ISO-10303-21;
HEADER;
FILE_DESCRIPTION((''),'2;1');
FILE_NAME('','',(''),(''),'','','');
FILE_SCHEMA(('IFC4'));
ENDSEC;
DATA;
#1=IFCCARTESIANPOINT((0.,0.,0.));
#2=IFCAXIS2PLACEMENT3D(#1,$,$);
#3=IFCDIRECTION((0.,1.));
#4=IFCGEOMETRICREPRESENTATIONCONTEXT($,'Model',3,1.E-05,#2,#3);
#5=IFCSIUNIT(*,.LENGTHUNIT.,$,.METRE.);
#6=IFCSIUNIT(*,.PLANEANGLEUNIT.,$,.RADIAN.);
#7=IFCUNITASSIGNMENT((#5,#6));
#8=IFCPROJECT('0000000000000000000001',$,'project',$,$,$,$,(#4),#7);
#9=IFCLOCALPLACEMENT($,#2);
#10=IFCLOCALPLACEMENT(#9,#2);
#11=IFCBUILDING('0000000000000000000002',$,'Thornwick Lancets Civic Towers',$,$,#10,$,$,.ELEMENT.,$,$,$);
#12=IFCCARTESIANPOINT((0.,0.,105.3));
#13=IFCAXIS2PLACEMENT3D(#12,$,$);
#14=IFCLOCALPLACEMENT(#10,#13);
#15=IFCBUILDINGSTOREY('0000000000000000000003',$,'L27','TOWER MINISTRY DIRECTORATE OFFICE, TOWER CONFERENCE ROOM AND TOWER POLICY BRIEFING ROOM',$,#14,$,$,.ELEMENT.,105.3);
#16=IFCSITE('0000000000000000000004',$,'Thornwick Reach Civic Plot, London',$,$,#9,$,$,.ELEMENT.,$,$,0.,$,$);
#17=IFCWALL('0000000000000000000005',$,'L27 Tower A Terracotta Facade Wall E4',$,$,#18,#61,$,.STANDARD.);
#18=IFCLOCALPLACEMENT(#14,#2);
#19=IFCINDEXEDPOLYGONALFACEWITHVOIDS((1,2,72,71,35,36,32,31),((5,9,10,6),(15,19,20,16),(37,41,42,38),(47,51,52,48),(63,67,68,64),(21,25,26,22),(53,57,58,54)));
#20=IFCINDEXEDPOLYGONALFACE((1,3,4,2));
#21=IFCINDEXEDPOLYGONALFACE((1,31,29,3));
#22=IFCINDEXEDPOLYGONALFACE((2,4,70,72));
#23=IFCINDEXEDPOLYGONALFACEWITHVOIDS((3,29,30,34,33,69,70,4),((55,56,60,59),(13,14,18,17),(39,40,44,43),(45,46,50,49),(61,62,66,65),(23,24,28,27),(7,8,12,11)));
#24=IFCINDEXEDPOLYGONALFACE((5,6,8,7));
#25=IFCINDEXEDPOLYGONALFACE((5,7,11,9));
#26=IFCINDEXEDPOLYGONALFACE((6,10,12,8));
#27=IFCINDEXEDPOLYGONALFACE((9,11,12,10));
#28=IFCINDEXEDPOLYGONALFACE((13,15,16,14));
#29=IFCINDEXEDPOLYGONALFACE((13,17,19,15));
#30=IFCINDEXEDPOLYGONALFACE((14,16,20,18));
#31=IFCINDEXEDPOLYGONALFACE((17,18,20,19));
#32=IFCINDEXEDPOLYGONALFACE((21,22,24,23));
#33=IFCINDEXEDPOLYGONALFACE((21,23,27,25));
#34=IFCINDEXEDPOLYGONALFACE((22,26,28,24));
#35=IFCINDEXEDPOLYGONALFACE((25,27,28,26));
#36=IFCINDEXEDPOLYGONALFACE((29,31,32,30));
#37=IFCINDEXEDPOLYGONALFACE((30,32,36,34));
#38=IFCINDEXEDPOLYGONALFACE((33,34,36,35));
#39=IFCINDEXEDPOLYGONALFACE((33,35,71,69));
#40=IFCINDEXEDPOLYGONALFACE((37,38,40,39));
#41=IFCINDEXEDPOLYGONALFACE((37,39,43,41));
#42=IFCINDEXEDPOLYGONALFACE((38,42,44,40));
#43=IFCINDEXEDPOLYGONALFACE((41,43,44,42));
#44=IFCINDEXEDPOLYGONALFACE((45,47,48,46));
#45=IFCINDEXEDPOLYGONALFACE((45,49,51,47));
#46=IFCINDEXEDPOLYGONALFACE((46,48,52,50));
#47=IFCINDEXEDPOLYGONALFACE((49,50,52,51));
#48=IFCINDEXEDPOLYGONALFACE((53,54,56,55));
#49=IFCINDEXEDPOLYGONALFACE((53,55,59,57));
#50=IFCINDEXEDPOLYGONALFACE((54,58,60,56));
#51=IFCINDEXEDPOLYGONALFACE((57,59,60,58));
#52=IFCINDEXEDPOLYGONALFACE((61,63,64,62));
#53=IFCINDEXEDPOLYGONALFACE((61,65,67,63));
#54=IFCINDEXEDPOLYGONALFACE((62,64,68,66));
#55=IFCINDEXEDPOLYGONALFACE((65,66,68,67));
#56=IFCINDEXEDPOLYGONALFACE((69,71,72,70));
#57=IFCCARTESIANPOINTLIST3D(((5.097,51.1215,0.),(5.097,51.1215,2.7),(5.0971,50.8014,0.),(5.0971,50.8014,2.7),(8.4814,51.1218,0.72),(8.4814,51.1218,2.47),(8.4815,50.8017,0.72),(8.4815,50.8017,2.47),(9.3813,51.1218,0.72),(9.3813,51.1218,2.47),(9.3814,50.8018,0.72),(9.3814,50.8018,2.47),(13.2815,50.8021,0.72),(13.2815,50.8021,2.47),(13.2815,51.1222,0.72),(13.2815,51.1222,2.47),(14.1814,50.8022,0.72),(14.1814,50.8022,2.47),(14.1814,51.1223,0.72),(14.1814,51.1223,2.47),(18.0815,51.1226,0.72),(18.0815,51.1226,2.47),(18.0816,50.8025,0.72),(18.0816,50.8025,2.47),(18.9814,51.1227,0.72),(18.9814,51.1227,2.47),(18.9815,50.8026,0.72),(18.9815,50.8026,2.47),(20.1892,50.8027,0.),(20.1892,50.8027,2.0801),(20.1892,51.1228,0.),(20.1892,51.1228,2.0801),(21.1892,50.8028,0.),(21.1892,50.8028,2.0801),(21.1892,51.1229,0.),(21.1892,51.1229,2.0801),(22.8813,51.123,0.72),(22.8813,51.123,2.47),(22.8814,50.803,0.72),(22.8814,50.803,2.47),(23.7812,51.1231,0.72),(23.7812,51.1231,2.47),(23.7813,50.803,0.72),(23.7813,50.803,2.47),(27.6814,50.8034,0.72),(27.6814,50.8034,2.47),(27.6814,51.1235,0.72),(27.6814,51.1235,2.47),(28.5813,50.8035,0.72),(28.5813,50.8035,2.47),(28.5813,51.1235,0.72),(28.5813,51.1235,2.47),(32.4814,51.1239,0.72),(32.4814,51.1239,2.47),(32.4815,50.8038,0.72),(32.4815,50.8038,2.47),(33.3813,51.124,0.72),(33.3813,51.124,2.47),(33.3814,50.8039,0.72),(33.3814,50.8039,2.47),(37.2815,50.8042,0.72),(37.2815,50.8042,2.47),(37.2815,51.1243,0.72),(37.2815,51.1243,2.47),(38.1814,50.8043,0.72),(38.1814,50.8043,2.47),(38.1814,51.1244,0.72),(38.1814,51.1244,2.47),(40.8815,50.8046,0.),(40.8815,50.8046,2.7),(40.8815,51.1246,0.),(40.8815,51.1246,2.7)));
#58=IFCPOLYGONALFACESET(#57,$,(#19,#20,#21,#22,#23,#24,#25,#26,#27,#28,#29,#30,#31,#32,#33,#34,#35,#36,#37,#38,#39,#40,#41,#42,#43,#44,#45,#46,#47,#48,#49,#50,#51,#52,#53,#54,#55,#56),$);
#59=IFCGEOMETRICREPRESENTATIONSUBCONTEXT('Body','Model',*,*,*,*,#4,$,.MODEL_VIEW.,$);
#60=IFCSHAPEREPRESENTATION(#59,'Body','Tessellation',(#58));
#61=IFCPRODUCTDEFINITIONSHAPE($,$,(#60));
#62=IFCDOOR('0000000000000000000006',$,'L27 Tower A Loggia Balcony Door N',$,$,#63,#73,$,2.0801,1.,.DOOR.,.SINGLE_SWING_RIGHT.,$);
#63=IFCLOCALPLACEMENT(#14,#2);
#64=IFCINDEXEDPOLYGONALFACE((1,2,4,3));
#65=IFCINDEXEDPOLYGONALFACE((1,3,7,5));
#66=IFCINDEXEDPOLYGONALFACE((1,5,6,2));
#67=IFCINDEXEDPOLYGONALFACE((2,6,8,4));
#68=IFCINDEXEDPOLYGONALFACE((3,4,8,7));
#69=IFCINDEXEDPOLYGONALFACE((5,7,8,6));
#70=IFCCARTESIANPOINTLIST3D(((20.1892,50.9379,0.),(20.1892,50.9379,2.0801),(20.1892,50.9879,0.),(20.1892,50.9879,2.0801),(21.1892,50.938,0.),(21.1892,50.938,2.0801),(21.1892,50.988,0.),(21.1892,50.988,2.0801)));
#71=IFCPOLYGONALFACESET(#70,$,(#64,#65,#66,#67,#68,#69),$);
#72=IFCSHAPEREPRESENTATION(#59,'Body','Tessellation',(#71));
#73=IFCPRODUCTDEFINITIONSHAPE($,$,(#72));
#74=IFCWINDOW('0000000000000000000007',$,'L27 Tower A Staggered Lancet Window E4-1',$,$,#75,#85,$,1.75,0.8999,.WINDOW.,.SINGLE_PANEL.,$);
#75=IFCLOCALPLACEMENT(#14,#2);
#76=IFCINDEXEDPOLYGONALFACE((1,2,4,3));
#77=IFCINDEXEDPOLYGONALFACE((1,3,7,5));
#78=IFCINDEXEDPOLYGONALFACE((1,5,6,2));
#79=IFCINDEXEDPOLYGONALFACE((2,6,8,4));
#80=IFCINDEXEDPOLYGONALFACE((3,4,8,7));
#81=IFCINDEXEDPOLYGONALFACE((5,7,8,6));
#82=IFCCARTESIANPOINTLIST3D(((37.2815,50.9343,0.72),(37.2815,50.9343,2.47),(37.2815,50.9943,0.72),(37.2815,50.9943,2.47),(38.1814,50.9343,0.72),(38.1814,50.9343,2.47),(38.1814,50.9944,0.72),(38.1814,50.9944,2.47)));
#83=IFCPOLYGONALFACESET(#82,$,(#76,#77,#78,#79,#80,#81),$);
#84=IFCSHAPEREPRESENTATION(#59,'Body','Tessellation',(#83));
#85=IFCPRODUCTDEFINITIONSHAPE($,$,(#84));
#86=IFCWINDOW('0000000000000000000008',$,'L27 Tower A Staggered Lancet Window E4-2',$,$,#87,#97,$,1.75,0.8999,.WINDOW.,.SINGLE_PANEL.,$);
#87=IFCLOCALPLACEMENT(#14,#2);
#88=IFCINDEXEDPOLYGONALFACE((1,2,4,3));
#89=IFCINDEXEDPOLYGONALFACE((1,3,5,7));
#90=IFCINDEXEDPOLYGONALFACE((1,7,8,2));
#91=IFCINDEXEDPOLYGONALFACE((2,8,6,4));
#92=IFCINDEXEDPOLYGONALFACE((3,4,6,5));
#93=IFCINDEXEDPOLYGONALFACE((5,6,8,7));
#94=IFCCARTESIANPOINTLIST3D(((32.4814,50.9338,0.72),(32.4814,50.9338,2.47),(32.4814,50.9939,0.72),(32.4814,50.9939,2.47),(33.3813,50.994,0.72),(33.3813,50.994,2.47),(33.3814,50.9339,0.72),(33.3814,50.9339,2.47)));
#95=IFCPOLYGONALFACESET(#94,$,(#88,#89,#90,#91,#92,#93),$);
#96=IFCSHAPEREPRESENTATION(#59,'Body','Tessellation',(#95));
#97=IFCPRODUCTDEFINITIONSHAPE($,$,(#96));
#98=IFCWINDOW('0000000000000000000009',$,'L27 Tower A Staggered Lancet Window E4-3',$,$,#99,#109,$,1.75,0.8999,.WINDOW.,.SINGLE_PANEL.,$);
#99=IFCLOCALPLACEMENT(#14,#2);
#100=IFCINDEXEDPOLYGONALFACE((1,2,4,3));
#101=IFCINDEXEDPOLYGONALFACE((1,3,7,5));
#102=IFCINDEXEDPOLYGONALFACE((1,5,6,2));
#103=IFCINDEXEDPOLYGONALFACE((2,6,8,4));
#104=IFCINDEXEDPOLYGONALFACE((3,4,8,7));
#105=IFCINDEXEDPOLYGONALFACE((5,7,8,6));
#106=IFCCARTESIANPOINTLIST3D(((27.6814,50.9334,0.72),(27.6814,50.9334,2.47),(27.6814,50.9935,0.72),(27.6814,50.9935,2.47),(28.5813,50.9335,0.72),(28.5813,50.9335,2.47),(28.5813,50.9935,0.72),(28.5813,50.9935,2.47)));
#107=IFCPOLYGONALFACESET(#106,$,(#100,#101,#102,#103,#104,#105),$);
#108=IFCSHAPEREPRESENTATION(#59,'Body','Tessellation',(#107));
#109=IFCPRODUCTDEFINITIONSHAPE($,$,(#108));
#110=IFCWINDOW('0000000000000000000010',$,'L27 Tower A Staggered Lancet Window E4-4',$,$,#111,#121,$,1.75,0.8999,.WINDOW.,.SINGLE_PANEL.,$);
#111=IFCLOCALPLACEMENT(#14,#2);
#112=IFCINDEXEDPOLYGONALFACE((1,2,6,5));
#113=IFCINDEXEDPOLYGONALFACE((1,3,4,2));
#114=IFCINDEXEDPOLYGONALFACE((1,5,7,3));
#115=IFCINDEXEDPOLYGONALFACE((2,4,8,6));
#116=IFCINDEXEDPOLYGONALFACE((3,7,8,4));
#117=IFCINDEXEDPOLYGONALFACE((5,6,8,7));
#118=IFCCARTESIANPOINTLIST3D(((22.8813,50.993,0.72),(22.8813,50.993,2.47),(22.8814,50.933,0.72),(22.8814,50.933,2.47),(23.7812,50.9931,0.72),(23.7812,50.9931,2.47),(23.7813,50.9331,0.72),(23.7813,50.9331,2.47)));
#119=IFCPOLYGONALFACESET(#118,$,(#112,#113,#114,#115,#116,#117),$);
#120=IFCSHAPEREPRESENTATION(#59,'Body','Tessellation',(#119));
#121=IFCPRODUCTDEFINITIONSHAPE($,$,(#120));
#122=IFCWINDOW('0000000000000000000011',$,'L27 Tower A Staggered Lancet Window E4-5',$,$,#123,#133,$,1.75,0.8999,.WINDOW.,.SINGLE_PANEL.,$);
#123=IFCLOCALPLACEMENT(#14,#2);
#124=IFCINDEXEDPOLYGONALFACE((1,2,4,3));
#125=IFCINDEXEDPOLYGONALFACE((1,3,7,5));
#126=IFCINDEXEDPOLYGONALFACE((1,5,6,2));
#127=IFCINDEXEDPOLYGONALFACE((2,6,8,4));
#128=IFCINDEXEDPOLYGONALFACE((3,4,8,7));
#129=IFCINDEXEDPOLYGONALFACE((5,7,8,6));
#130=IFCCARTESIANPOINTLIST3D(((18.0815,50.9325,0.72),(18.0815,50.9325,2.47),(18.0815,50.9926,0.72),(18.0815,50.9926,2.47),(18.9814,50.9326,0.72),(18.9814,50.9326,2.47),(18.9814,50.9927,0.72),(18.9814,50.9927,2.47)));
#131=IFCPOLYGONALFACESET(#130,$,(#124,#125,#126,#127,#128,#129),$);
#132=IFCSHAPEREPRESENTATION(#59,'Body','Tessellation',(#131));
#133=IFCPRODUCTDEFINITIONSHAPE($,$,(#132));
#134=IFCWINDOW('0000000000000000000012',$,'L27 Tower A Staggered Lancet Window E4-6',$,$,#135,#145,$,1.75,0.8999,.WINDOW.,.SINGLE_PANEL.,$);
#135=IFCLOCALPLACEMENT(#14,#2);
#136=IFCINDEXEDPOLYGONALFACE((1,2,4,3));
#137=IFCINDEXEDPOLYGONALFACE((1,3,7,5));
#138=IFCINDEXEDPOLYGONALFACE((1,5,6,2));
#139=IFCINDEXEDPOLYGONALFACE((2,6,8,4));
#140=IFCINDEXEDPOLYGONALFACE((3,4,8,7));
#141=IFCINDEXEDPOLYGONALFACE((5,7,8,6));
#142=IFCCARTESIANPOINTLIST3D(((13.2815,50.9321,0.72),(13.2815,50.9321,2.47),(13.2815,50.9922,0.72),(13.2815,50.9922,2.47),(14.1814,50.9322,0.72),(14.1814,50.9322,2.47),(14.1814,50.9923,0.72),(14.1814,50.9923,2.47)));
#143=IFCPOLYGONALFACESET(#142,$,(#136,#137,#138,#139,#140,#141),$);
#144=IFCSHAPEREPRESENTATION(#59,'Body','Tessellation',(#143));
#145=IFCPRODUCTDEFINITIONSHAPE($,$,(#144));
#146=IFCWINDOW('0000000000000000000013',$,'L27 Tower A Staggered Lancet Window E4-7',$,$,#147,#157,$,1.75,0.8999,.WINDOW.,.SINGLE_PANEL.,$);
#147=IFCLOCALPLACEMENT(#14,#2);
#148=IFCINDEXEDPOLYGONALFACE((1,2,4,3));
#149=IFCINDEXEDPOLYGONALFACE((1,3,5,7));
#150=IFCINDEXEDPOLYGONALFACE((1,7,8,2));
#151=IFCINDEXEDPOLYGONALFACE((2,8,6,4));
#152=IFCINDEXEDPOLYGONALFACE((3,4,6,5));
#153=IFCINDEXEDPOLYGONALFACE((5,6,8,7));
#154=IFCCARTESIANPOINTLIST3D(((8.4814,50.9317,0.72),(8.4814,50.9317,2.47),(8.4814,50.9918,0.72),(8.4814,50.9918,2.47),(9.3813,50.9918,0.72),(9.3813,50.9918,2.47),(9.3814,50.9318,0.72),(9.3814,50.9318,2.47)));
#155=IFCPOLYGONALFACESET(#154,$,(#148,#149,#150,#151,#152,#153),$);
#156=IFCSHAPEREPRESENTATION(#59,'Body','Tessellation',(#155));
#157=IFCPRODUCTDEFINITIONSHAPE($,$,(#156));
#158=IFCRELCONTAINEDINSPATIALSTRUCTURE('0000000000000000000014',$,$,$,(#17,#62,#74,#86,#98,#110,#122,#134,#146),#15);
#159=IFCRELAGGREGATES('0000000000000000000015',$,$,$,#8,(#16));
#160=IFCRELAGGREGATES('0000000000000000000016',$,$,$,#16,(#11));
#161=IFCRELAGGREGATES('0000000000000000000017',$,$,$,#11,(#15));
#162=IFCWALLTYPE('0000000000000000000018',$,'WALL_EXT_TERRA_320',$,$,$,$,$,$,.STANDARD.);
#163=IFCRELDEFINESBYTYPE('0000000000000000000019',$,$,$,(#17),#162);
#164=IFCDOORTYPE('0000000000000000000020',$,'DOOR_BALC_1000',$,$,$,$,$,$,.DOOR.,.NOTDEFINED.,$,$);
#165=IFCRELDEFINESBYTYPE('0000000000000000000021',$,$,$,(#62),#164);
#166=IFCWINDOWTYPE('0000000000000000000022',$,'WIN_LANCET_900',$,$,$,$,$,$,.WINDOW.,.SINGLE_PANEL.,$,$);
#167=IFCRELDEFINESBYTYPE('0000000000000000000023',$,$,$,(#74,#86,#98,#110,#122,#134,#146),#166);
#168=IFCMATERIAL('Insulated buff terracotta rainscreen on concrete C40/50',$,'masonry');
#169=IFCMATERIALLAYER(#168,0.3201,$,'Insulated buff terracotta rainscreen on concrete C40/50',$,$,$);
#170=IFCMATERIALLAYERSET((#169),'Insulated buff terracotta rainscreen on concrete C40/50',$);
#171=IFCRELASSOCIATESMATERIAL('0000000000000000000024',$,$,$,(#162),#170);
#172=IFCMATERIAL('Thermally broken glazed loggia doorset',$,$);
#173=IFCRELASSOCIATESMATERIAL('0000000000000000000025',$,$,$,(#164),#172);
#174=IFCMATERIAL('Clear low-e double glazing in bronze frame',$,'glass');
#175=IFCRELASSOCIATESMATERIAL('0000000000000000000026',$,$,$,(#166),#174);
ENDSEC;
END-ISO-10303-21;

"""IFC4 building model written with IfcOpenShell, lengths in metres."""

from ifc_helpers import new_model, si_unit, direction, frame, frame_2d, origin, place, context, subcontext, project, spatial, rectangle, extrude, material, layer, layer_set, type_object, element, fill, save


model = new_model("IFC4")

# Units and contexts
model_context = context("Model", 3, precision=1e-05, world=origin(), true_north=direction((0.0, 1.0)))
body_context = subcontext(model_context, "Body", "Model", "MODEL_VIEW")
ifc_project = project(units=[si_unit("LENGTHUNIT", "METRE"), si_unit("PLANEANGLEUNIT", "RADIAN")], contexts=[model_context])

# Site, building, storey
site_placement = place(None, origin())
site = spatial("IfcSite", under=ifc_project, at=site_placement, Name="Thornwick Reach Civic Plot, London", CompositionType="ELEMENT", RefElevation=0.0)
building_placement = place(site_placement, origin())
building = spatial("IfcBuilding", under=site, at=building_placement, Name="Thornwick Lancets Civic Towers", CompositionType="ELEMENT")
storey_placement = place(building_placement, frame((0.0, 0.0, 105.3)))
storey = spatial("IfcBuildingStorey", under=building, at=storey_placement, Name="L27", Description="TOWER MINISTRY DIRECTORATE OFFICE, TOWER CONFERENCE ROOM AND TOWER POLICY BRIEFING ROOM", CompositionType="ELEMENT", Elevation=105.3)

# Wall, openings, door, windows
ifc_material_1 = material(Name="Insulated buff terracotta rainscreen on concrete C40/50", Category="masonry")
ifc_layer_1 = layer(ifc_material_1, 0.3201, Name="Insulated buff terracotta rainscreen on concrete C40/50")
ifc_layer_set_1 = layer_set([ifc_layer_1], Name="Insulated buff terracotta rainscreen on concrete C40/50")
wall_type_1 = type_object("IfcWallType", Name="WALL_EXT_TERRA_320", PredefinedType="STANDARD", material=ifc_layer_set_1)
wall_1_placement = place(storey_placement, frame((40.8813, 50.9646, 0.0), z_axis=(0.0, 0.0, 1.0), x_axis=(-1.0, -0.000089, 0.0)))
wall_1 = element("IfcWall", 1, at=wall_1_placement, inside=storey, type_object=wall_type_1, Name="L27 Tower A Terracotta Facade Wall E4", PredefinedType="STANDARD", context=body_context, shape_type="SweptSolid", body=[
    extrude(rectangle(XDim=35.7844, YDim=0.3201, at=frame_2d((17.8921, 0.0))), origin(), (0.0, 0.0, 1.0), 2.7),
])
opening_1_placement = place(wall_1_placement, frame((19.6921, 0.0, 0.0)))
opening_1 = element("IfcOpeningElement", 2, at=opening_1_placement, cuts=wall_1, PredefinedType="OPENING", context=body_context, shape_type="SweptSolid", body=[
    extrude(rectangle(XDim=1.0, YDim=2.0801, at=frame_2d((0.5, 1.04))), frame((0.0, 0.1699, 0.0), z_axis=(0.0, -1.0, 0.0), x_axis=(1.0, 0.0, 0.0)), (0.0, 0.0, 1.0), 0.3401),
])
opening_2_placement = place(wall_1_placement, frame((2.7, 0.0, 0.72)))
opening_2 = element("IfcOpeningElement", 3, at=opening_2_placement, cuts=wall_1, PredefinedType="OPENING", context=body_context, shape_type="SweptSolid", body=[
    extrude(rectangle(XDim=0.8999, YDim=1.75, at=frame_2d((0.45, 0.875))), frame((0.0, 0.1699, 0.0), z_axis=(0.0, -1.0, 0.0), x_axis=(1.0, 0.0, 0.0)), (0.0, 0.0, 1.0), 0.3401),
])
opening_3_placement = place(wall_1_placement, frame((7.5, 0.0, 0.72)))
opening_3 = element("IfcOpeningElement", 4, at=opening_3_placement, cuts=wall_1, PredefinedType="OPENING", context=body_context, shape_type="SweptSolid", body=[
    extrude(rectangle(XDim=0.8999, YDim=1.75, at=frame_2d((0.45, 0.875))), frame((0.0, 0.1699, 0.0), z_axis=(0.0, -1.0, 0.0), x_axis=(1.0, 0.0, 0.0)), (0.0, 0.0, 1.0), 0.3401),
])
opening_4_placement = place(wall_1_placement, frame((12.3, 0.0, 0.72)))
opening_4 = element("IfcOpeningElement", 5, at=opening_4_placement, cuts=wall_1, PredefinedType="OPENING", context=body_context, shape_type="SweptSolid", body=[
    extrude(rectangle(XDim=0.8999, YDim=1.75, at=frame_2d((0.45, 0.875))), frame((0.0, 0.1699, 0.0), z_axis=(0.0, -1.0, 0.0), x_axis=(1.0, 0.0, 0.0)), (0.0, 0.0, 1.0), 0.3401),
])
opening_5_placement = place(wall_1_placement, frame((17.1001, 0.0, 0.72)))
opening_5 = element("IfcOpeningElement", 6, at=opening_5_placement, cuts=wall_1, PredefinedType="OPENING", context=body_context, shape_type="SweptSolid", body=[
    extrude(rectangle(XDim=0.8999, YDim=1.75, at=frame_2d((0.45, 0.875))), frame((0.0, 0.1699, 0.0), z_axis=(0.0, -1.0, 0.0), x_axis=(1.0, 0.0, 0.0)), (0.0, 0.0, 1.0), 0.3401),
])
opening_6_placement = place(wall_1_placement, frame((21.8999, 0.0, 0.72)))
opening_6 = element("IfcOpeningElement", 7, at=opening_6_placement, cuts=wall_1, PredefinedType="OPENING", context=body_context, shape_type="SweptSolid", body=[
    extrude(rectangle(XDim=0.8999, YDim=1.75, at=frame_2d((0.45, 0.875))), frame((0.0, 0.1699, 0.0), z_axis=(0.0, -1.0, 0.0), x_axis=(1.0, 0.0, 0.0)), (0.0, 0.0, 1.0), 0.3401),
])
opening_7_placement = place(wall_1_placement, frame((26.7, 0.0, 0.72)))
opening_7 = element("IfcOpeningElement", 8, at=opening_7_placement, cuts=wall_1, PredefinedType="OPENING", context=body_context, shape_type="SweptSolid", body=[
    extrude(rectangle(XDim=0.8999, YDim=1.75, at=frame_2d((0.45, 0.875))), frame((0.0, 0.1699, 0.0), z_axis=(0.0, -1.0, 0.0), x_axis=(1.0, 0.0, 0.0)), (0.0, 0.0, 1.0), 0.3401),
])
opening_8_placement = place(wall_1_placement, frame((31.5, 0.0, 0.72)))
opening_8 = element("IfcOpeningElement", 9, at=opening_8_placement, cuts=wall_1, PredefinedType="OPENING", context=body_context, shape_type="SweptSolid", body=[
    extrude(rectangle(XDim=0.8999, YDim=1.75, at=frame_2d((0.45, 0.875))), frame((0.0, 0.1699, 0.0), z_axis=(0.0, -1.0, 0.0), x_axis=(1.0, 0.0, 0.0)), (0.0, 0.0, 1.0), 0.3401),
])
ifc_material_2 = material(Name="Thermally broken glazed loggia doorset")
door_type_1 = type_object("IfcDoorType", Name="DOOR_BALC_1000", OperationType="NOTDEFINED", PredefinedType="DOOR", material=ifc_material_2)
door_1_placement = place(opening_1_placement, origin())
door_1 = element("IfcDoor", 10, at=door_1_placement, inside=storey, type_object=door_type_1, Name="L27 Tower A Loggia Balcony Door N", OperationType="SINGLE_SWING_RIGHT", OverallHeight=2.0801, OverallWidth=1.0, PredefinedType="DOOR", context=body_context, shape_type="SweptSolid", body=[
    extrude(rectangle(XDim=1.0, YDim=2.0801, at=frame_2d((0.5, 1.04))), frame((0.0, 0.0249, 0.0), z_axis=(0.0, -1.0, 0.0), x_axis=(1.0, 0.0, 0.0)), (0.0, 0.0, 1.0), 0.05),
])
fill(opening_1, door_1)
ifc_material_3 = material(Name="Clear low-e double glazing in bronze frame", Category="glass")
window_type = type_object("IfcWindowType", Name="WIN_LANCET_900", PartitioningType="SINGLE_PANEL", PredefinedType="WINDOW", material=ifc_material_3)
window_1_placement = place(opening_2_placement, origin())
window_1 = element("IfcWindow", 11, at=window_1_placement, inside=storey, type_object=window_type, Name="L27 Tower A Staggered Lancet Window E4-1", OverallHeight=1.75, OverallWidth=0.8999, PartitioningType="SINGLE_PANEL", PredefinedType="WINDOW", context=body_context, shape_type="SweptSolid", body=[
    extrude(rectangle(XDim=0.8999, YDim=1.75, at=frame_2d((0.45, 0.875))), frame((0.0, 0.03, 0.0), z_axis=(0.0, -1.0, 0.0), x_axis=(1.0, 0.0, 0.0)), (0.0, 0.0, 1.0), 0.0601),
])
fill(opening_2, window_1)
window_2_placement = place(opening_3_placement, origin())
window_2 = element("IfcWindow", 12, at=window_2_placement, inside=storey, type_object=window_type, Name="L27 Tower A Staggered Lancet Window E4-2", OverallHeight=1.75, OverallWidth=0.8999, PartitioningType="SINGLE_PANEL", PredefinedType="WINDOW", context=body_context, shape_type="SweptSolid", body=[
    extrude(rectangle(XDim=0.8999, YDim=1.75, at=frame_2d((0.45, 0.875))), frame((0.0, 0.03, 0.0), z_axis=(0.0, -1.0, 0.0), x_axis=(1.0, 0.0, 0.0)), (0.0, 0.0, 1.0), 0.0601),
])
fill(opening_3, window_2)
window_3_placement = place(opening_4_placement, origin())
window_3 = element("IfcWindow", 13, at=window_3_placement, inside=storey, type_object=window_type, Name="L27 Tower A Staggered Lancet Window E4-3", OverallHeight=1.75, OverallWidth=0.8999, PartitioningType="SINGLE_PANEL", PredefinedType="WINDOW", context=body_context, shape_type="SweptSolid", body=[
    extrude(rectangle(XDim=0.8999, YDim=1.75, at=frame_2d((0.45, 0.875))), frame((0.0, 0.03, 0.0), z_axis=(0.0, -1.0, 0.0), x_axis=(1.0, 0.0, 0.0)), (0.0, 0.0, 1.0), 0.0601),
])
fill(opening_4, window_3)
window_4_placement = place(opening_5_placement, origin())
window_4 = element("IfcWindow", 14, at=window_4_placement, inside=storey, type_object=window_type, Name="L27 Tower A Staggered Lancet Window E4-4", OverallHeight=1.75, OverallWidth=0.8999, PartitioningType="SINGLE_PANEL", PredefinedType="WINDOW", context=body_context, shape_type="SweptSolid", body=[
    extrude(rectangle(XDim=0.8999, YDim=1.75, at=frame_2d((0.45, 0.875))), frame((0.0, 0.03, 0.0), z_axis=(0.0, -1.0, 0.0), x_axis=(1.0, 0.0, 0.0)), (0.0, 0.0, 1.0), 0.0601),
])
fill(opening_5, window_4)
window_5_placement = place(opening_6_placement, origin())
window_5 = element("IfcWindow", 15, at=window_5_placement, inside=storey, type_object=window_type, Name="L27 Tower A Staggered Lancet Window E4-5", OverallHeight=1.75, OverallWidth=0.8999, PartitioningType="SINGLE_PANEL", PredefinedType="WINDOW", context=body_context, shape_type="SweptSolid", body=[
    extrude(rectangle(XDim=0.8999, YDim=1.75, at=frame_2d((0.45, 0.875))), frame((0.0, 0.03, 0.0), z_axis=(0.0, -1.0, 0.0), x_axis=(1.0, 0.0, 0.0)), (0.0, 0.0, 1.0), 0.0601),
])
fill(opening_6, window_5)
window_6_placement = place(opening_7_placement, origin())
window_6 = element("IfcWindow", 16, at=window_6_placement, inside=storey, type_object=window_type, Name="L27 Tower A Staggered Lancet Window E4-6", OverallHeight=1.75, OverallWidth=0.8999, PartitioningType="SINGLE_PANEL", PredefinedType="WINDOW", context=body_context, shape_type="SweptSolid", body=[
    extrude(rectangle(XDim=0.8999, YDim=1.75, at=frame_2d((0.45, 0.875))), frame((0.0, 0.03, 0.0), z_axis=(0.0, -1.0, 0.0), x_axis=(1.0, 0.0, 0.0)), (0.0, 0.0, 1.0), 0.0601),
])
fill(opening_7, window_6)
window_7_placement = place(opening_8_placement, origin())
window_7 = element("IfcWindow", 17, at=window_7_placement, inside=storey, type_object=window_type, Name="L27 Tower A Staggered Lancet Window E4-7", OverallHeight=1.75, OverallWidth=0.8999, PartitioningType="SINGLE_PANEL", PredefinedType="WINDOW", context=body_context, shape_type="SweptSolid", body=[
    extrude(rectangle(XDim=0.8999, YDim=1.75, at=frame_2d((0.45, 0.875))), frame((0.0, 0.03, 0.0), z_axis=(0.0, -1.0, 0.0), x_axis=(1.0, 0.0, 0.0)), (0.0, 0.0, 1.0), 0.0601),
])
fill(opening_8, window_7)

save(model, "model.ifc")
